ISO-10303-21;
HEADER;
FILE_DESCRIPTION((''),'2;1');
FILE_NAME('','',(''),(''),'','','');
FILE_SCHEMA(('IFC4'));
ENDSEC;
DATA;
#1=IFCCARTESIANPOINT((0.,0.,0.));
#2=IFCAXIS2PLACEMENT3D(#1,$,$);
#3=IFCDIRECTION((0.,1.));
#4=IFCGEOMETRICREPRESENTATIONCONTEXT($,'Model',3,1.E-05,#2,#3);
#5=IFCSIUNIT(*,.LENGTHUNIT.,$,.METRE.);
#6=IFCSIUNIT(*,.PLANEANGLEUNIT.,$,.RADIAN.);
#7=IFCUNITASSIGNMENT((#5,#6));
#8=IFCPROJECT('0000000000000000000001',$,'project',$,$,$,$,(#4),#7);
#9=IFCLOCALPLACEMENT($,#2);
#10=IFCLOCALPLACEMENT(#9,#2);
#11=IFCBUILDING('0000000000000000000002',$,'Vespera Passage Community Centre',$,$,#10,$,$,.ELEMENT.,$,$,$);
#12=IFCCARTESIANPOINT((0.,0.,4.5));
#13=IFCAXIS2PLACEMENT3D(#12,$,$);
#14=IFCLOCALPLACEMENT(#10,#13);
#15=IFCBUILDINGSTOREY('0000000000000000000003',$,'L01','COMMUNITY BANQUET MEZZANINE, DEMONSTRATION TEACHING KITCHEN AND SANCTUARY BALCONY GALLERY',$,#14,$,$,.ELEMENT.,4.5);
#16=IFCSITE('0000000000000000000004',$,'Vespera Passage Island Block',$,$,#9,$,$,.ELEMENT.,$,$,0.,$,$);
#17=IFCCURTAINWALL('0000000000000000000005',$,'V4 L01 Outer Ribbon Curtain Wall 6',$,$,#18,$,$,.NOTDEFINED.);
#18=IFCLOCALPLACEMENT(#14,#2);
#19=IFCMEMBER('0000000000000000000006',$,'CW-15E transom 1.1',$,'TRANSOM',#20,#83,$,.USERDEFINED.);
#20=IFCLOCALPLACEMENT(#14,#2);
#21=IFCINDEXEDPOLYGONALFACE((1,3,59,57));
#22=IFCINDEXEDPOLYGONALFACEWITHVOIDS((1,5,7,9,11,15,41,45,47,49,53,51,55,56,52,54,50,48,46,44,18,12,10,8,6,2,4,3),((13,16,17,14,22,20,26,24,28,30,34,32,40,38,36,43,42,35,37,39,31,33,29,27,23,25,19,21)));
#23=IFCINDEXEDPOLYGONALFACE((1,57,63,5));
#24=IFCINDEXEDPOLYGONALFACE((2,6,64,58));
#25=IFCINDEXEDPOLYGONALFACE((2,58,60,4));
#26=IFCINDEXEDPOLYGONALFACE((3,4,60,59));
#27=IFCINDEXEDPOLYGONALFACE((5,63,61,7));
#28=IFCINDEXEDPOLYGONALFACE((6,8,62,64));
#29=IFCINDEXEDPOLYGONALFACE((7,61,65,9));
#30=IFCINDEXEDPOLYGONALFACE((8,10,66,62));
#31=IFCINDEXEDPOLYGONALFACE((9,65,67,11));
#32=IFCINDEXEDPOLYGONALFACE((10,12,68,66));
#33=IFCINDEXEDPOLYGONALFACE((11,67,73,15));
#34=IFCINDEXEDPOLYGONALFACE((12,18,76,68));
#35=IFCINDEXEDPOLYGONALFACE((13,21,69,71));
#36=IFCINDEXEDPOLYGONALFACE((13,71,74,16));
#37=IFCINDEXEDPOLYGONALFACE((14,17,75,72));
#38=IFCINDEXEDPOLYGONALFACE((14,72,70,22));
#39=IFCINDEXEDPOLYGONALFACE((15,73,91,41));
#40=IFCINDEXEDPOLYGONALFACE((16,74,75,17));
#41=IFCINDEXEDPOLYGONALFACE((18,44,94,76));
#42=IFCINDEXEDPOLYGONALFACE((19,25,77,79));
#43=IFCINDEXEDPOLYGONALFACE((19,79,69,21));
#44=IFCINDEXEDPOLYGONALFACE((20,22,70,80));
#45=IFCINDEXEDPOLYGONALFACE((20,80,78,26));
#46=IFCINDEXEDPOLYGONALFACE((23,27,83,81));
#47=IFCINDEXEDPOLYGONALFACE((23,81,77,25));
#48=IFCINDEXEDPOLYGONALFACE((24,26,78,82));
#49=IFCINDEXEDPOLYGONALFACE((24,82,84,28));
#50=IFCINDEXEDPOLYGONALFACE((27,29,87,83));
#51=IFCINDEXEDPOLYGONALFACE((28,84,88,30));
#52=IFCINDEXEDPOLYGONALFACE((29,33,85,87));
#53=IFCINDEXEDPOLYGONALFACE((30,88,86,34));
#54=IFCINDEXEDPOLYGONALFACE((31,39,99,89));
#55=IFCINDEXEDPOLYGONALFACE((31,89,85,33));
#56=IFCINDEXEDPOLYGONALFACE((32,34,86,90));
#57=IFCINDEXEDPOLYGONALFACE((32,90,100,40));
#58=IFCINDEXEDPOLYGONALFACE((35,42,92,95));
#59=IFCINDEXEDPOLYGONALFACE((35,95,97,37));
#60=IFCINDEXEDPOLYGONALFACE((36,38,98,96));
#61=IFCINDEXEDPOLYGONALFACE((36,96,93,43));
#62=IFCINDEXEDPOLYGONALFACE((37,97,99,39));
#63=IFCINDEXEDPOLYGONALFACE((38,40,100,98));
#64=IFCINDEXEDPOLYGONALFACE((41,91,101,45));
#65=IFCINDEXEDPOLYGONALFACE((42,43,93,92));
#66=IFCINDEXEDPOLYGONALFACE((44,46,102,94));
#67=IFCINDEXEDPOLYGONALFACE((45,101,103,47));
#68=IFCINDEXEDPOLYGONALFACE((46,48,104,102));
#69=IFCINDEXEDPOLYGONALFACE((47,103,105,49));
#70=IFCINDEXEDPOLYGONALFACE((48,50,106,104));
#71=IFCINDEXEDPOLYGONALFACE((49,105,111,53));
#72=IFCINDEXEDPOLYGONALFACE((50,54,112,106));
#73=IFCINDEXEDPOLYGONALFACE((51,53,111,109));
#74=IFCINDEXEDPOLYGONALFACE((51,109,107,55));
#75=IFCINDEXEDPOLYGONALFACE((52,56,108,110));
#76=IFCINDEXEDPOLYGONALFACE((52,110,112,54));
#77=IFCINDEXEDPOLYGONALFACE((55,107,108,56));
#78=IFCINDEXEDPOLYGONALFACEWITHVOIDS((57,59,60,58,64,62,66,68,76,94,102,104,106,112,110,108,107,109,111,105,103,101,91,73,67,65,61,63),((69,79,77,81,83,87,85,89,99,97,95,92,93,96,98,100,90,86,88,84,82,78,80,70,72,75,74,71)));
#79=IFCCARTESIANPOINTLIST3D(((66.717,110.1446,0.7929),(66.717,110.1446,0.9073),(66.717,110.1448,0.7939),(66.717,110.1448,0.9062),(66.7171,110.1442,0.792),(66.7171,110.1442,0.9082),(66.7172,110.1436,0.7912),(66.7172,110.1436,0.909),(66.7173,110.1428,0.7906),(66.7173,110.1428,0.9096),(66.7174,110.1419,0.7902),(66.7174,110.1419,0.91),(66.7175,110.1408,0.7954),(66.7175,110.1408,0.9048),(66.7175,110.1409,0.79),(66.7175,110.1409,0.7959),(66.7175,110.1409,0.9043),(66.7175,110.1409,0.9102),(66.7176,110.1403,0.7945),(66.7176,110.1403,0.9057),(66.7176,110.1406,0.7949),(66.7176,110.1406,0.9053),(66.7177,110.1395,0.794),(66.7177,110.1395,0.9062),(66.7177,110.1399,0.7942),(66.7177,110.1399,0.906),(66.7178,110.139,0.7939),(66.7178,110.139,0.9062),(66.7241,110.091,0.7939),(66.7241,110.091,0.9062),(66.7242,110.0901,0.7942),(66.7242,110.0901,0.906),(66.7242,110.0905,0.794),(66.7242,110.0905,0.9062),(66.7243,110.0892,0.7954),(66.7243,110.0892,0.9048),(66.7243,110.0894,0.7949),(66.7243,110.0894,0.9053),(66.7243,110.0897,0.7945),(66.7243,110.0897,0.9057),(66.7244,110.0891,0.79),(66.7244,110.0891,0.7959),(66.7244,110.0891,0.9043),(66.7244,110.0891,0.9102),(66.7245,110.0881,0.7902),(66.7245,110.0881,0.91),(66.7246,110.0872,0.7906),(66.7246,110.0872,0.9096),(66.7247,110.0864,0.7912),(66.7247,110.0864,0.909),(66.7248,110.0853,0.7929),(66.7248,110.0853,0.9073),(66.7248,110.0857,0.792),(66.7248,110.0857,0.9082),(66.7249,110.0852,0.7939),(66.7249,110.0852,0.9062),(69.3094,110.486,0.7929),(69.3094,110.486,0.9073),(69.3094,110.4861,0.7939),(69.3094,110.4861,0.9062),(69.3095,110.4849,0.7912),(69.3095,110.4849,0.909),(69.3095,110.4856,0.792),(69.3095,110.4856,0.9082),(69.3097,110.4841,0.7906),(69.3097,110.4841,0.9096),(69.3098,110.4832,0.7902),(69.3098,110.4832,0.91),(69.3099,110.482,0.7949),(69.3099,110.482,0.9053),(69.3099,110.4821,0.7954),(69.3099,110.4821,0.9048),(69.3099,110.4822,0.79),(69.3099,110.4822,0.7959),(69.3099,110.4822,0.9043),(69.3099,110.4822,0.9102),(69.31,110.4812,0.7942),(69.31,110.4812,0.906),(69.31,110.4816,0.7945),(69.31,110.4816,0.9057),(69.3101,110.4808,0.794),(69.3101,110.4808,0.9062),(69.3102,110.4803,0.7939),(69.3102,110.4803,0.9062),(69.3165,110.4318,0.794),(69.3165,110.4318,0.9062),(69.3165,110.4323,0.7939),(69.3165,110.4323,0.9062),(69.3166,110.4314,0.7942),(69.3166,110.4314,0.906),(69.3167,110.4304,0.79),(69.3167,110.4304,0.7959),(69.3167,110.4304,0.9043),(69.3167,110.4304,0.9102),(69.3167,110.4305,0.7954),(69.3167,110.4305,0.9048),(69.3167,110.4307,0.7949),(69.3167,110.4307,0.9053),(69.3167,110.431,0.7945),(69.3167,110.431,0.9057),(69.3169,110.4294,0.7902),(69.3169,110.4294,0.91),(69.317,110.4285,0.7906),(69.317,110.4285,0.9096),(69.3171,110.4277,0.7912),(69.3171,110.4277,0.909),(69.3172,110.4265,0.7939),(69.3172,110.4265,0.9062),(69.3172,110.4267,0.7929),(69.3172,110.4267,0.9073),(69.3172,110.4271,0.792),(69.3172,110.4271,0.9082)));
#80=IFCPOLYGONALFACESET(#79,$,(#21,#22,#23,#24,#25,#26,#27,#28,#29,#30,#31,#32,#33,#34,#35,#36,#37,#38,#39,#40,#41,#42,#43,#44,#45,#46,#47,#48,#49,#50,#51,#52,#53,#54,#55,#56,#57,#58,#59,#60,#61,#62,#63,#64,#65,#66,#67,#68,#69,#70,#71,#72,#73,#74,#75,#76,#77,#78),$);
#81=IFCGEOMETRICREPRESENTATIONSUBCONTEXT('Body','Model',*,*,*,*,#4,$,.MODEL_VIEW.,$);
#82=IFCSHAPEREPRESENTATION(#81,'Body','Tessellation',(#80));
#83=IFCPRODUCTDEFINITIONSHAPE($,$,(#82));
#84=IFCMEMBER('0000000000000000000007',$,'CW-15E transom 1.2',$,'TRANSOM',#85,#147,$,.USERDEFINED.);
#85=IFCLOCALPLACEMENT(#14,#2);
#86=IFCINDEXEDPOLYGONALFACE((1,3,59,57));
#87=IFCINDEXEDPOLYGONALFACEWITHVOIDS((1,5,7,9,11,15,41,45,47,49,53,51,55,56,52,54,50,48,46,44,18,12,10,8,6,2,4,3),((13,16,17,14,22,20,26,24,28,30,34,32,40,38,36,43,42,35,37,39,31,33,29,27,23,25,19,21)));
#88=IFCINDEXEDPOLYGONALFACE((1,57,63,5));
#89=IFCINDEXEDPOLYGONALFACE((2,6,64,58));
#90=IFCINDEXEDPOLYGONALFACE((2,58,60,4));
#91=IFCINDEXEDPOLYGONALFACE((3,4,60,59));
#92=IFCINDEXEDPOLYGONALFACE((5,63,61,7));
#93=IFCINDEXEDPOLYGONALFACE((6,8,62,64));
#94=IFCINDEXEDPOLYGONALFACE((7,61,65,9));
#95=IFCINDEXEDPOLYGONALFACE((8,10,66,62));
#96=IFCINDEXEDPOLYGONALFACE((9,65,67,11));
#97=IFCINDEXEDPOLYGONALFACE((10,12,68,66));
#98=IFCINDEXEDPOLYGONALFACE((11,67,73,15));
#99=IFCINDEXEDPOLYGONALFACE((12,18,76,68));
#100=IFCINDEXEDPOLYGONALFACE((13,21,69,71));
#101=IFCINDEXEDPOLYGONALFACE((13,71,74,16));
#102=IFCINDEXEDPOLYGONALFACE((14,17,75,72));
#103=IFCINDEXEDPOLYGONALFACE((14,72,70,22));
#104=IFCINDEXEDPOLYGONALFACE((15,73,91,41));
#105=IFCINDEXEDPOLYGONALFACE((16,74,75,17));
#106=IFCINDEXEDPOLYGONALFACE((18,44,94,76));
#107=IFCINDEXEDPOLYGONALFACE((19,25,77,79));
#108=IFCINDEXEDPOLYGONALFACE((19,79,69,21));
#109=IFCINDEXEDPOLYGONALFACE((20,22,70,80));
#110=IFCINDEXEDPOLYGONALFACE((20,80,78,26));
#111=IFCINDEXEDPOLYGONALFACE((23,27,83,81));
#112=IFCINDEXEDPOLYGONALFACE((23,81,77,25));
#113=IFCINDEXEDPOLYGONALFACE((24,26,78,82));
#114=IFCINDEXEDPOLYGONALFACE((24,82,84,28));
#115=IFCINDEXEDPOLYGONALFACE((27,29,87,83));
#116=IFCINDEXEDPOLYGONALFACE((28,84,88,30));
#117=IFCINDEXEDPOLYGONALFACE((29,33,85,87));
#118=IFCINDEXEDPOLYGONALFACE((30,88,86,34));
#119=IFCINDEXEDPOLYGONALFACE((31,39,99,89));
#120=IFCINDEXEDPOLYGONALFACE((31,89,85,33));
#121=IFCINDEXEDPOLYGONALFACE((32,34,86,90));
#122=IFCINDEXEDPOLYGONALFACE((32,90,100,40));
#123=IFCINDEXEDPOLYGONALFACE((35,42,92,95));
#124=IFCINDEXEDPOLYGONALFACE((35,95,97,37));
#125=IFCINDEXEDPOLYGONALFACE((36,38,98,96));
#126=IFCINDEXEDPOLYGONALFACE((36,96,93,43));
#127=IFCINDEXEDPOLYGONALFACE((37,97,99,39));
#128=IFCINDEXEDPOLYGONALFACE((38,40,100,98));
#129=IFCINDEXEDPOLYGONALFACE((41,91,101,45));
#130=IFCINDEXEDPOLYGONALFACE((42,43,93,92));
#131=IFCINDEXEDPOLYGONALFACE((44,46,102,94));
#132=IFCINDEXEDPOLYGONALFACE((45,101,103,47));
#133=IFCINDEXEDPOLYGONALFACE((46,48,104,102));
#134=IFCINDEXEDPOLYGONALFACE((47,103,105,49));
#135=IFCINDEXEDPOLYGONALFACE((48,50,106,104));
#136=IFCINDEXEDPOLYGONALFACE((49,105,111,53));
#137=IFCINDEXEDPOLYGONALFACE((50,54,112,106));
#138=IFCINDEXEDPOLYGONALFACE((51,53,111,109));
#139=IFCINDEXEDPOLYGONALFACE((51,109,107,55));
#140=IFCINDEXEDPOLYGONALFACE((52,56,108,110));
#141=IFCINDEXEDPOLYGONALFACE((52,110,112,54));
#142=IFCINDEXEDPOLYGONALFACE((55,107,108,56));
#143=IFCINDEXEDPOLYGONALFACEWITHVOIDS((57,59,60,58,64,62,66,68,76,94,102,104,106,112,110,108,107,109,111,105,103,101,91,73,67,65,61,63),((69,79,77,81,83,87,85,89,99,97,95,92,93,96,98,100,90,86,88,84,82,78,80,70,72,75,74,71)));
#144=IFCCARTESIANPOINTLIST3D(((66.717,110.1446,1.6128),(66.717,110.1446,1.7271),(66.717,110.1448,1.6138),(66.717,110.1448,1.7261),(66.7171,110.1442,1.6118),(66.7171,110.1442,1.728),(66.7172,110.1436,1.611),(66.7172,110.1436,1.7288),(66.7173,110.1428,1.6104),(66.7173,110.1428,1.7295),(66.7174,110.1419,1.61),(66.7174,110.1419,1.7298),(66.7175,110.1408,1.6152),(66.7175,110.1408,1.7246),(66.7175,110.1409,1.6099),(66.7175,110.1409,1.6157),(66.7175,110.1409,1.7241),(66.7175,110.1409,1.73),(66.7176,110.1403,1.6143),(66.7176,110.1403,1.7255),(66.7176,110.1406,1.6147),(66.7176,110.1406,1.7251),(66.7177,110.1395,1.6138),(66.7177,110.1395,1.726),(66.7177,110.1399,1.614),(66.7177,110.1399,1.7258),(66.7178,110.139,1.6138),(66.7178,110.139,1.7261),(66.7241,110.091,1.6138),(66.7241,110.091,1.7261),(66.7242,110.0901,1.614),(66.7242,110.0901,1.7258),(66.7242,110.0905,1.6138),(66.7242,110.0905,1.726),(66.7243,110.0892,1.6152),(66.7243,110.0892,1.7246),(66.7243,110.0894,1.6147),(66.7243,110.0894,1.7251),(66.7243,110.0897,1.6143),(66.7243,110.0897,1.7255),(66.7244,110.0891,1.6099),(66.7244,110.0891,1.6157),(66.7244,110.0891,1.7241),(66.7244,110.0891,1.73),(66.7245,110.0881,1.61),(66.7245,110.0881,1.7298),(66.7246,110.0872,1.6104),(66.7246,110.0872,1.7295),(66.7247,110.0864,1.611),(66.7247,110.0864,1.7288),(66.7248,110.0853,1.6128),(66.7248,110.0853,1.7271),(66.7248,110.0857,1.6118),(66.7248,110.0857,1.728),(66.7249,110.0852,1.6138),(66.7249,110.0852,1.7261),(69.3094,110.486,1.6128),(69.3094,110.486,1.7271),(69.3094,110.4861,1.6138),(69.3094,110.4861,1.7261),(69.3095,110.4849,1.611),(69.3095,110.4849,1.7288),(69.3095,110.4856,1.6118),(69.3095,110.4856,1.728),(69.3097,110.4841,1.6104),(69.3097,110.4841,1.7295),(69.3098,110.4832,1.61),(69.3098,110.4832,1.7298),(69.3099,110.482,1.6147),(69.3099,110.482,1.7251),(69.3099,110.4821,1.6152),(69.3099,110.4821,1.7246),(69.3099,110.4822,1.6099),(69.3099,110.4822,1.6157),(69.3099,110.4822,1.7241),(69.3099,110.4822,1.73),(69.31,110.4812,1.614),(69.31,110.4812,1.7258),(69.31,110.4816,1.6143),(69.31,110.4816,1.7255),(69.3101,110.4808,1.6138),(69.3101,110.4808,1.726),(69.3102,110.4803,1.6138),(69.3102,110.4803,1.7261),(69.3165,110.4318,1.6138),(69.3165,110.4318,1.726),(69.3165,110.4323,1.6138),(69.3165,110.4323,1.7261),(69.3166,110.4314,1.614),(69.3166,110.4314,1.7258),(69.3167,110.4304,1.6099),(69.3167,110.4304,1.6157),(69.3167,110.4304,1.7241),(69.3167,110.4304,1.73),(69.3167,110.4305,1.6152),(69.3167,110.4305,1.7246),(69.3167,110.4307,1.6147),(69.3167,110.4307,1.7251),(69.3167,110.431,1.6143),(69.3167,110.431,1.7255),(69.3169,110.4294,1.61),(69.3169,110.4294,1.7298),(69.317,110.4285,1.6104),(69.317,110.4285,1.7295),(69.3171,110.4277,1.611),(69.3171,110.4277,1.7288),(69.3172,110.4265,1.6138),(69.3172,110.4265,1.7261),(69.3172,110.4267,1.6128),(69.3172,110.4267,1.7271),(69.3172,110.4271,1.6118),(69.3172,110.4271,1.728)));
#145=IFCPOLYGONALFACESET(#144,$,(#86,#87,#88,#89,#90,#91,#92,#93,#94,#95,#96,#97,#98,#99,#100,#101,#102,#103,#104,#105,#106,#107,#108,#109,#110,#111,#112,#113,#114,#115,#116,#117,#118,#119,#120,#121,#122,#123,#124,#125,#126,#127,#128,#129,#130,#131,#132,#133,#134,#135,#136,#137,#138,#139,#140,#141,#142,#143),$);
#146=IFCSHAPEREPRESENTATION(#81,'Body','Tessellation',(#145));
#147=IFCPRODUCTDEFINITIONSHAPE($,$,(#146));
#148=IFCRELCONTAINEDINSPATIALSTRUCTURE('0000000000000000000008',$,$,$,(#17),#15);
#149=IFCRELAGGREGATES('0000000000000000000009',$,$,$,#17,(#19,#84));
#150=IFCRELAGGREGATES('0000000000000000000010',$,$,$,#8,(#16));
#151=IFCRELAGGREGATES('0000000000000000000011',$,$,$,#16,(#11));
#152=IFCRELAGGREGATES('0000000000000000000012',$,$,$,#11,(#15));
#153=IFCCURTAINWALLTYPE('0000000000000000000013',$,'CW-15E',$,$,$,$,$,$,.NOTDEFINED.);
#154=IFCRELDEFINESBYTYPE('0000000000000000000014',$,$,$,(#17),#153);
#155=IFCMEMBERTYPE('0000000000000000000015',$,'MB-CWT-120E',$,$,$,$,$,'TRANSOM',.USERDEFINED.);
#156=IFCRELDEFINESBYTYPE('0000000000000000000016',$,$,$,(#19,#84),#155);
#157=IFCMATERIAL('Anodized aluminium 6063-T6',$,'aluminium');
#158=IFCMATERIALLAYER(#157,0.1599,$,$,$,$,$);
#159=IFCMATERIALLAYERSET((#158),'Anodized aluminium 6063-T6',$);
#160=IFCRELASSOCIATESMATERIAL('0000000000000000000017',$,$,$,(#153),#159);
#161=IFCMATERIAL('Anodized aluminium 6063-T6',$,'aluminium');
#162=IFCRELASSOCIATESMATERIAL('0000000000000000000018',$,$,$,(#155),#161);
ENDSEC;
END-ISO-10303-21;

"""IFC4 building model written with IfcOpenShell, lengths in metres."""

from ifc_helpers import new_model, si_unit, direction, frame, origin, origin_2d, place, context, subcontext, project, spatial, hollow_rectangle, extrude, material, layer, layer_set, material_profile, profile_set, type_object, element, aggregate, save


model = new_model("IFC4")

# Units and contexts
model_context = context("Model", 3, precision=1e-05, world=origin(), true_north=direction((0.0, 1.0)))
body_context = subcontext(model_context, "Body", "Model", "MODEL_VIEW")
ifc_project = project(units=[si_unit("LENGTHUNIT", "METRE"), si_unit("PLANEANGLEUNIT", "RADIAN")], contexts=[model_context])

# Site, building, storey
site_placement = place(None, origin())
site = spatial("IfcSite", under=ifc_project, at=site_placement, Name="Vespera Passage Island Block", CompositionType="ELEMENT", RefElevation=0.0)
building_placement = place(site_placement, origin())
building = spatial("IfcBuilding", under=site, at=building_placement, Name="Vespera Passage Community Centre", CompositionType="ELEMENT")
storey_placement = place(building_placement, frame((0.0, 0.0, 4.5)))
storey = spatial("IfcBuildingStorey", under=building, at=storey_placement, Name="L01", Description="COMMUNITY BANQUET MEZZANINE, DEMONSTRATION TEACHING KITCHEN AND SANCTUARY BALCONY GALLERY", CompositionType="ELEMENT", Elevation=4.5)

# Curtain wall
ifc_material_1 = material(Name="Anodized aluminium 6063-T6", Category="aluminium")
ifc_layer_1 = layer(ifc_material_1, 0.1599)
ifc_layer_set_1 = layer_set([ifc_layer_1], Name="Anodized aluminium 6063-T6")
curtain_wall_type_1 = type_object("IfcCurtainWallType", Name="CW-15E", PredefinedType="NOTDEFINED", material=ifc_layer_set_1)
curtain_wall_1_placement = place(storey_placement, origin())
curtain_wall_1 = element("IfcCurtainWall", 1, at=curtain_wall_1_placement, inside=storey, type_object=curtain_wall_type_1, Name="V4 L01 Outer Ribbon Curtain Wall 6", PredefinedType="NOTDEFINED")

# Members
ifc_material_2 = material(Name="Anodized aluminium 6063-T6", Category="aluminium")
ifc_material_profile_1 = material_profile(ifc_material_2, hollow_rectangle(XDim=0.0601, YDim=0.1201, WallThickness=0.0039, InnerFilletRadius=0.002, OuterFilletRadius=0.0039, at=origin_2d()), Name="ALU120X60X4")
ifc_profile_set_1 = profile_set([ifc_material_profile_1], Name="Anodized aluminium 6063-T6")
member_type_1 = type_object("IfcMemberType", Name="MB-CWT-120E", ElementType="TRANSOM", PredefinedType="USERDEFINED", material=ifc_profile_set_1)
member_1_placement = place(storey_placement, frame((66.7209, 110.115, 0.8501), z_axis=(0.991443, 0.130537, 0.0), x_axis=(-0.130537, 0.991443, 0.0)))
member_1 = element("IfcMember", 2, at=member_1_placement, type_object=member_type_1, Name="CW-15E transom 1.1", ObjectType="TRANSOM", PredefinedType="USERDEFINED", context=body_context, shape_type="SweptSolid", body=[
    extrude(hollow_rectangle(XDim=0.0601, YDim=0.1201, WallThickness=0.0039, InnerFilletRadius=0.002, OuterFilletRadius=0.0039, at=origin_2d()), origin(), (0.0, 0.0, 1.0), 2.6147),
])
member_2_placement = place(storey_placement, frame((66.7209, 110.115, 1.6699), z_axis=(0.991443, 0.130537, 0.0), x_axis=(-0.130537, 0.991443, 0.0)))
member_2 = element("IfcMember", 3, at=member_2_placement, type_object=member_type_1, Name="CW-15E transom 1.2", ObjectType="TRANSOM", PredefinedType="USERDEFINED", context=body_context, shape_type="SweptSolid", body=[
    extrude(hollow_rectangle(XDim=0.0601, YDim=0.1201, WallThickness=0.0039, InnerFilletRadius=0.002, OuterFilletRadius=0.0039, at=origin_2d()), origin(), (0.0, 0.0, 1.0), 2.6147),
])
aggregate(curtain_wall_1, [member_1, member_2])

save(model, "model.ifc")
